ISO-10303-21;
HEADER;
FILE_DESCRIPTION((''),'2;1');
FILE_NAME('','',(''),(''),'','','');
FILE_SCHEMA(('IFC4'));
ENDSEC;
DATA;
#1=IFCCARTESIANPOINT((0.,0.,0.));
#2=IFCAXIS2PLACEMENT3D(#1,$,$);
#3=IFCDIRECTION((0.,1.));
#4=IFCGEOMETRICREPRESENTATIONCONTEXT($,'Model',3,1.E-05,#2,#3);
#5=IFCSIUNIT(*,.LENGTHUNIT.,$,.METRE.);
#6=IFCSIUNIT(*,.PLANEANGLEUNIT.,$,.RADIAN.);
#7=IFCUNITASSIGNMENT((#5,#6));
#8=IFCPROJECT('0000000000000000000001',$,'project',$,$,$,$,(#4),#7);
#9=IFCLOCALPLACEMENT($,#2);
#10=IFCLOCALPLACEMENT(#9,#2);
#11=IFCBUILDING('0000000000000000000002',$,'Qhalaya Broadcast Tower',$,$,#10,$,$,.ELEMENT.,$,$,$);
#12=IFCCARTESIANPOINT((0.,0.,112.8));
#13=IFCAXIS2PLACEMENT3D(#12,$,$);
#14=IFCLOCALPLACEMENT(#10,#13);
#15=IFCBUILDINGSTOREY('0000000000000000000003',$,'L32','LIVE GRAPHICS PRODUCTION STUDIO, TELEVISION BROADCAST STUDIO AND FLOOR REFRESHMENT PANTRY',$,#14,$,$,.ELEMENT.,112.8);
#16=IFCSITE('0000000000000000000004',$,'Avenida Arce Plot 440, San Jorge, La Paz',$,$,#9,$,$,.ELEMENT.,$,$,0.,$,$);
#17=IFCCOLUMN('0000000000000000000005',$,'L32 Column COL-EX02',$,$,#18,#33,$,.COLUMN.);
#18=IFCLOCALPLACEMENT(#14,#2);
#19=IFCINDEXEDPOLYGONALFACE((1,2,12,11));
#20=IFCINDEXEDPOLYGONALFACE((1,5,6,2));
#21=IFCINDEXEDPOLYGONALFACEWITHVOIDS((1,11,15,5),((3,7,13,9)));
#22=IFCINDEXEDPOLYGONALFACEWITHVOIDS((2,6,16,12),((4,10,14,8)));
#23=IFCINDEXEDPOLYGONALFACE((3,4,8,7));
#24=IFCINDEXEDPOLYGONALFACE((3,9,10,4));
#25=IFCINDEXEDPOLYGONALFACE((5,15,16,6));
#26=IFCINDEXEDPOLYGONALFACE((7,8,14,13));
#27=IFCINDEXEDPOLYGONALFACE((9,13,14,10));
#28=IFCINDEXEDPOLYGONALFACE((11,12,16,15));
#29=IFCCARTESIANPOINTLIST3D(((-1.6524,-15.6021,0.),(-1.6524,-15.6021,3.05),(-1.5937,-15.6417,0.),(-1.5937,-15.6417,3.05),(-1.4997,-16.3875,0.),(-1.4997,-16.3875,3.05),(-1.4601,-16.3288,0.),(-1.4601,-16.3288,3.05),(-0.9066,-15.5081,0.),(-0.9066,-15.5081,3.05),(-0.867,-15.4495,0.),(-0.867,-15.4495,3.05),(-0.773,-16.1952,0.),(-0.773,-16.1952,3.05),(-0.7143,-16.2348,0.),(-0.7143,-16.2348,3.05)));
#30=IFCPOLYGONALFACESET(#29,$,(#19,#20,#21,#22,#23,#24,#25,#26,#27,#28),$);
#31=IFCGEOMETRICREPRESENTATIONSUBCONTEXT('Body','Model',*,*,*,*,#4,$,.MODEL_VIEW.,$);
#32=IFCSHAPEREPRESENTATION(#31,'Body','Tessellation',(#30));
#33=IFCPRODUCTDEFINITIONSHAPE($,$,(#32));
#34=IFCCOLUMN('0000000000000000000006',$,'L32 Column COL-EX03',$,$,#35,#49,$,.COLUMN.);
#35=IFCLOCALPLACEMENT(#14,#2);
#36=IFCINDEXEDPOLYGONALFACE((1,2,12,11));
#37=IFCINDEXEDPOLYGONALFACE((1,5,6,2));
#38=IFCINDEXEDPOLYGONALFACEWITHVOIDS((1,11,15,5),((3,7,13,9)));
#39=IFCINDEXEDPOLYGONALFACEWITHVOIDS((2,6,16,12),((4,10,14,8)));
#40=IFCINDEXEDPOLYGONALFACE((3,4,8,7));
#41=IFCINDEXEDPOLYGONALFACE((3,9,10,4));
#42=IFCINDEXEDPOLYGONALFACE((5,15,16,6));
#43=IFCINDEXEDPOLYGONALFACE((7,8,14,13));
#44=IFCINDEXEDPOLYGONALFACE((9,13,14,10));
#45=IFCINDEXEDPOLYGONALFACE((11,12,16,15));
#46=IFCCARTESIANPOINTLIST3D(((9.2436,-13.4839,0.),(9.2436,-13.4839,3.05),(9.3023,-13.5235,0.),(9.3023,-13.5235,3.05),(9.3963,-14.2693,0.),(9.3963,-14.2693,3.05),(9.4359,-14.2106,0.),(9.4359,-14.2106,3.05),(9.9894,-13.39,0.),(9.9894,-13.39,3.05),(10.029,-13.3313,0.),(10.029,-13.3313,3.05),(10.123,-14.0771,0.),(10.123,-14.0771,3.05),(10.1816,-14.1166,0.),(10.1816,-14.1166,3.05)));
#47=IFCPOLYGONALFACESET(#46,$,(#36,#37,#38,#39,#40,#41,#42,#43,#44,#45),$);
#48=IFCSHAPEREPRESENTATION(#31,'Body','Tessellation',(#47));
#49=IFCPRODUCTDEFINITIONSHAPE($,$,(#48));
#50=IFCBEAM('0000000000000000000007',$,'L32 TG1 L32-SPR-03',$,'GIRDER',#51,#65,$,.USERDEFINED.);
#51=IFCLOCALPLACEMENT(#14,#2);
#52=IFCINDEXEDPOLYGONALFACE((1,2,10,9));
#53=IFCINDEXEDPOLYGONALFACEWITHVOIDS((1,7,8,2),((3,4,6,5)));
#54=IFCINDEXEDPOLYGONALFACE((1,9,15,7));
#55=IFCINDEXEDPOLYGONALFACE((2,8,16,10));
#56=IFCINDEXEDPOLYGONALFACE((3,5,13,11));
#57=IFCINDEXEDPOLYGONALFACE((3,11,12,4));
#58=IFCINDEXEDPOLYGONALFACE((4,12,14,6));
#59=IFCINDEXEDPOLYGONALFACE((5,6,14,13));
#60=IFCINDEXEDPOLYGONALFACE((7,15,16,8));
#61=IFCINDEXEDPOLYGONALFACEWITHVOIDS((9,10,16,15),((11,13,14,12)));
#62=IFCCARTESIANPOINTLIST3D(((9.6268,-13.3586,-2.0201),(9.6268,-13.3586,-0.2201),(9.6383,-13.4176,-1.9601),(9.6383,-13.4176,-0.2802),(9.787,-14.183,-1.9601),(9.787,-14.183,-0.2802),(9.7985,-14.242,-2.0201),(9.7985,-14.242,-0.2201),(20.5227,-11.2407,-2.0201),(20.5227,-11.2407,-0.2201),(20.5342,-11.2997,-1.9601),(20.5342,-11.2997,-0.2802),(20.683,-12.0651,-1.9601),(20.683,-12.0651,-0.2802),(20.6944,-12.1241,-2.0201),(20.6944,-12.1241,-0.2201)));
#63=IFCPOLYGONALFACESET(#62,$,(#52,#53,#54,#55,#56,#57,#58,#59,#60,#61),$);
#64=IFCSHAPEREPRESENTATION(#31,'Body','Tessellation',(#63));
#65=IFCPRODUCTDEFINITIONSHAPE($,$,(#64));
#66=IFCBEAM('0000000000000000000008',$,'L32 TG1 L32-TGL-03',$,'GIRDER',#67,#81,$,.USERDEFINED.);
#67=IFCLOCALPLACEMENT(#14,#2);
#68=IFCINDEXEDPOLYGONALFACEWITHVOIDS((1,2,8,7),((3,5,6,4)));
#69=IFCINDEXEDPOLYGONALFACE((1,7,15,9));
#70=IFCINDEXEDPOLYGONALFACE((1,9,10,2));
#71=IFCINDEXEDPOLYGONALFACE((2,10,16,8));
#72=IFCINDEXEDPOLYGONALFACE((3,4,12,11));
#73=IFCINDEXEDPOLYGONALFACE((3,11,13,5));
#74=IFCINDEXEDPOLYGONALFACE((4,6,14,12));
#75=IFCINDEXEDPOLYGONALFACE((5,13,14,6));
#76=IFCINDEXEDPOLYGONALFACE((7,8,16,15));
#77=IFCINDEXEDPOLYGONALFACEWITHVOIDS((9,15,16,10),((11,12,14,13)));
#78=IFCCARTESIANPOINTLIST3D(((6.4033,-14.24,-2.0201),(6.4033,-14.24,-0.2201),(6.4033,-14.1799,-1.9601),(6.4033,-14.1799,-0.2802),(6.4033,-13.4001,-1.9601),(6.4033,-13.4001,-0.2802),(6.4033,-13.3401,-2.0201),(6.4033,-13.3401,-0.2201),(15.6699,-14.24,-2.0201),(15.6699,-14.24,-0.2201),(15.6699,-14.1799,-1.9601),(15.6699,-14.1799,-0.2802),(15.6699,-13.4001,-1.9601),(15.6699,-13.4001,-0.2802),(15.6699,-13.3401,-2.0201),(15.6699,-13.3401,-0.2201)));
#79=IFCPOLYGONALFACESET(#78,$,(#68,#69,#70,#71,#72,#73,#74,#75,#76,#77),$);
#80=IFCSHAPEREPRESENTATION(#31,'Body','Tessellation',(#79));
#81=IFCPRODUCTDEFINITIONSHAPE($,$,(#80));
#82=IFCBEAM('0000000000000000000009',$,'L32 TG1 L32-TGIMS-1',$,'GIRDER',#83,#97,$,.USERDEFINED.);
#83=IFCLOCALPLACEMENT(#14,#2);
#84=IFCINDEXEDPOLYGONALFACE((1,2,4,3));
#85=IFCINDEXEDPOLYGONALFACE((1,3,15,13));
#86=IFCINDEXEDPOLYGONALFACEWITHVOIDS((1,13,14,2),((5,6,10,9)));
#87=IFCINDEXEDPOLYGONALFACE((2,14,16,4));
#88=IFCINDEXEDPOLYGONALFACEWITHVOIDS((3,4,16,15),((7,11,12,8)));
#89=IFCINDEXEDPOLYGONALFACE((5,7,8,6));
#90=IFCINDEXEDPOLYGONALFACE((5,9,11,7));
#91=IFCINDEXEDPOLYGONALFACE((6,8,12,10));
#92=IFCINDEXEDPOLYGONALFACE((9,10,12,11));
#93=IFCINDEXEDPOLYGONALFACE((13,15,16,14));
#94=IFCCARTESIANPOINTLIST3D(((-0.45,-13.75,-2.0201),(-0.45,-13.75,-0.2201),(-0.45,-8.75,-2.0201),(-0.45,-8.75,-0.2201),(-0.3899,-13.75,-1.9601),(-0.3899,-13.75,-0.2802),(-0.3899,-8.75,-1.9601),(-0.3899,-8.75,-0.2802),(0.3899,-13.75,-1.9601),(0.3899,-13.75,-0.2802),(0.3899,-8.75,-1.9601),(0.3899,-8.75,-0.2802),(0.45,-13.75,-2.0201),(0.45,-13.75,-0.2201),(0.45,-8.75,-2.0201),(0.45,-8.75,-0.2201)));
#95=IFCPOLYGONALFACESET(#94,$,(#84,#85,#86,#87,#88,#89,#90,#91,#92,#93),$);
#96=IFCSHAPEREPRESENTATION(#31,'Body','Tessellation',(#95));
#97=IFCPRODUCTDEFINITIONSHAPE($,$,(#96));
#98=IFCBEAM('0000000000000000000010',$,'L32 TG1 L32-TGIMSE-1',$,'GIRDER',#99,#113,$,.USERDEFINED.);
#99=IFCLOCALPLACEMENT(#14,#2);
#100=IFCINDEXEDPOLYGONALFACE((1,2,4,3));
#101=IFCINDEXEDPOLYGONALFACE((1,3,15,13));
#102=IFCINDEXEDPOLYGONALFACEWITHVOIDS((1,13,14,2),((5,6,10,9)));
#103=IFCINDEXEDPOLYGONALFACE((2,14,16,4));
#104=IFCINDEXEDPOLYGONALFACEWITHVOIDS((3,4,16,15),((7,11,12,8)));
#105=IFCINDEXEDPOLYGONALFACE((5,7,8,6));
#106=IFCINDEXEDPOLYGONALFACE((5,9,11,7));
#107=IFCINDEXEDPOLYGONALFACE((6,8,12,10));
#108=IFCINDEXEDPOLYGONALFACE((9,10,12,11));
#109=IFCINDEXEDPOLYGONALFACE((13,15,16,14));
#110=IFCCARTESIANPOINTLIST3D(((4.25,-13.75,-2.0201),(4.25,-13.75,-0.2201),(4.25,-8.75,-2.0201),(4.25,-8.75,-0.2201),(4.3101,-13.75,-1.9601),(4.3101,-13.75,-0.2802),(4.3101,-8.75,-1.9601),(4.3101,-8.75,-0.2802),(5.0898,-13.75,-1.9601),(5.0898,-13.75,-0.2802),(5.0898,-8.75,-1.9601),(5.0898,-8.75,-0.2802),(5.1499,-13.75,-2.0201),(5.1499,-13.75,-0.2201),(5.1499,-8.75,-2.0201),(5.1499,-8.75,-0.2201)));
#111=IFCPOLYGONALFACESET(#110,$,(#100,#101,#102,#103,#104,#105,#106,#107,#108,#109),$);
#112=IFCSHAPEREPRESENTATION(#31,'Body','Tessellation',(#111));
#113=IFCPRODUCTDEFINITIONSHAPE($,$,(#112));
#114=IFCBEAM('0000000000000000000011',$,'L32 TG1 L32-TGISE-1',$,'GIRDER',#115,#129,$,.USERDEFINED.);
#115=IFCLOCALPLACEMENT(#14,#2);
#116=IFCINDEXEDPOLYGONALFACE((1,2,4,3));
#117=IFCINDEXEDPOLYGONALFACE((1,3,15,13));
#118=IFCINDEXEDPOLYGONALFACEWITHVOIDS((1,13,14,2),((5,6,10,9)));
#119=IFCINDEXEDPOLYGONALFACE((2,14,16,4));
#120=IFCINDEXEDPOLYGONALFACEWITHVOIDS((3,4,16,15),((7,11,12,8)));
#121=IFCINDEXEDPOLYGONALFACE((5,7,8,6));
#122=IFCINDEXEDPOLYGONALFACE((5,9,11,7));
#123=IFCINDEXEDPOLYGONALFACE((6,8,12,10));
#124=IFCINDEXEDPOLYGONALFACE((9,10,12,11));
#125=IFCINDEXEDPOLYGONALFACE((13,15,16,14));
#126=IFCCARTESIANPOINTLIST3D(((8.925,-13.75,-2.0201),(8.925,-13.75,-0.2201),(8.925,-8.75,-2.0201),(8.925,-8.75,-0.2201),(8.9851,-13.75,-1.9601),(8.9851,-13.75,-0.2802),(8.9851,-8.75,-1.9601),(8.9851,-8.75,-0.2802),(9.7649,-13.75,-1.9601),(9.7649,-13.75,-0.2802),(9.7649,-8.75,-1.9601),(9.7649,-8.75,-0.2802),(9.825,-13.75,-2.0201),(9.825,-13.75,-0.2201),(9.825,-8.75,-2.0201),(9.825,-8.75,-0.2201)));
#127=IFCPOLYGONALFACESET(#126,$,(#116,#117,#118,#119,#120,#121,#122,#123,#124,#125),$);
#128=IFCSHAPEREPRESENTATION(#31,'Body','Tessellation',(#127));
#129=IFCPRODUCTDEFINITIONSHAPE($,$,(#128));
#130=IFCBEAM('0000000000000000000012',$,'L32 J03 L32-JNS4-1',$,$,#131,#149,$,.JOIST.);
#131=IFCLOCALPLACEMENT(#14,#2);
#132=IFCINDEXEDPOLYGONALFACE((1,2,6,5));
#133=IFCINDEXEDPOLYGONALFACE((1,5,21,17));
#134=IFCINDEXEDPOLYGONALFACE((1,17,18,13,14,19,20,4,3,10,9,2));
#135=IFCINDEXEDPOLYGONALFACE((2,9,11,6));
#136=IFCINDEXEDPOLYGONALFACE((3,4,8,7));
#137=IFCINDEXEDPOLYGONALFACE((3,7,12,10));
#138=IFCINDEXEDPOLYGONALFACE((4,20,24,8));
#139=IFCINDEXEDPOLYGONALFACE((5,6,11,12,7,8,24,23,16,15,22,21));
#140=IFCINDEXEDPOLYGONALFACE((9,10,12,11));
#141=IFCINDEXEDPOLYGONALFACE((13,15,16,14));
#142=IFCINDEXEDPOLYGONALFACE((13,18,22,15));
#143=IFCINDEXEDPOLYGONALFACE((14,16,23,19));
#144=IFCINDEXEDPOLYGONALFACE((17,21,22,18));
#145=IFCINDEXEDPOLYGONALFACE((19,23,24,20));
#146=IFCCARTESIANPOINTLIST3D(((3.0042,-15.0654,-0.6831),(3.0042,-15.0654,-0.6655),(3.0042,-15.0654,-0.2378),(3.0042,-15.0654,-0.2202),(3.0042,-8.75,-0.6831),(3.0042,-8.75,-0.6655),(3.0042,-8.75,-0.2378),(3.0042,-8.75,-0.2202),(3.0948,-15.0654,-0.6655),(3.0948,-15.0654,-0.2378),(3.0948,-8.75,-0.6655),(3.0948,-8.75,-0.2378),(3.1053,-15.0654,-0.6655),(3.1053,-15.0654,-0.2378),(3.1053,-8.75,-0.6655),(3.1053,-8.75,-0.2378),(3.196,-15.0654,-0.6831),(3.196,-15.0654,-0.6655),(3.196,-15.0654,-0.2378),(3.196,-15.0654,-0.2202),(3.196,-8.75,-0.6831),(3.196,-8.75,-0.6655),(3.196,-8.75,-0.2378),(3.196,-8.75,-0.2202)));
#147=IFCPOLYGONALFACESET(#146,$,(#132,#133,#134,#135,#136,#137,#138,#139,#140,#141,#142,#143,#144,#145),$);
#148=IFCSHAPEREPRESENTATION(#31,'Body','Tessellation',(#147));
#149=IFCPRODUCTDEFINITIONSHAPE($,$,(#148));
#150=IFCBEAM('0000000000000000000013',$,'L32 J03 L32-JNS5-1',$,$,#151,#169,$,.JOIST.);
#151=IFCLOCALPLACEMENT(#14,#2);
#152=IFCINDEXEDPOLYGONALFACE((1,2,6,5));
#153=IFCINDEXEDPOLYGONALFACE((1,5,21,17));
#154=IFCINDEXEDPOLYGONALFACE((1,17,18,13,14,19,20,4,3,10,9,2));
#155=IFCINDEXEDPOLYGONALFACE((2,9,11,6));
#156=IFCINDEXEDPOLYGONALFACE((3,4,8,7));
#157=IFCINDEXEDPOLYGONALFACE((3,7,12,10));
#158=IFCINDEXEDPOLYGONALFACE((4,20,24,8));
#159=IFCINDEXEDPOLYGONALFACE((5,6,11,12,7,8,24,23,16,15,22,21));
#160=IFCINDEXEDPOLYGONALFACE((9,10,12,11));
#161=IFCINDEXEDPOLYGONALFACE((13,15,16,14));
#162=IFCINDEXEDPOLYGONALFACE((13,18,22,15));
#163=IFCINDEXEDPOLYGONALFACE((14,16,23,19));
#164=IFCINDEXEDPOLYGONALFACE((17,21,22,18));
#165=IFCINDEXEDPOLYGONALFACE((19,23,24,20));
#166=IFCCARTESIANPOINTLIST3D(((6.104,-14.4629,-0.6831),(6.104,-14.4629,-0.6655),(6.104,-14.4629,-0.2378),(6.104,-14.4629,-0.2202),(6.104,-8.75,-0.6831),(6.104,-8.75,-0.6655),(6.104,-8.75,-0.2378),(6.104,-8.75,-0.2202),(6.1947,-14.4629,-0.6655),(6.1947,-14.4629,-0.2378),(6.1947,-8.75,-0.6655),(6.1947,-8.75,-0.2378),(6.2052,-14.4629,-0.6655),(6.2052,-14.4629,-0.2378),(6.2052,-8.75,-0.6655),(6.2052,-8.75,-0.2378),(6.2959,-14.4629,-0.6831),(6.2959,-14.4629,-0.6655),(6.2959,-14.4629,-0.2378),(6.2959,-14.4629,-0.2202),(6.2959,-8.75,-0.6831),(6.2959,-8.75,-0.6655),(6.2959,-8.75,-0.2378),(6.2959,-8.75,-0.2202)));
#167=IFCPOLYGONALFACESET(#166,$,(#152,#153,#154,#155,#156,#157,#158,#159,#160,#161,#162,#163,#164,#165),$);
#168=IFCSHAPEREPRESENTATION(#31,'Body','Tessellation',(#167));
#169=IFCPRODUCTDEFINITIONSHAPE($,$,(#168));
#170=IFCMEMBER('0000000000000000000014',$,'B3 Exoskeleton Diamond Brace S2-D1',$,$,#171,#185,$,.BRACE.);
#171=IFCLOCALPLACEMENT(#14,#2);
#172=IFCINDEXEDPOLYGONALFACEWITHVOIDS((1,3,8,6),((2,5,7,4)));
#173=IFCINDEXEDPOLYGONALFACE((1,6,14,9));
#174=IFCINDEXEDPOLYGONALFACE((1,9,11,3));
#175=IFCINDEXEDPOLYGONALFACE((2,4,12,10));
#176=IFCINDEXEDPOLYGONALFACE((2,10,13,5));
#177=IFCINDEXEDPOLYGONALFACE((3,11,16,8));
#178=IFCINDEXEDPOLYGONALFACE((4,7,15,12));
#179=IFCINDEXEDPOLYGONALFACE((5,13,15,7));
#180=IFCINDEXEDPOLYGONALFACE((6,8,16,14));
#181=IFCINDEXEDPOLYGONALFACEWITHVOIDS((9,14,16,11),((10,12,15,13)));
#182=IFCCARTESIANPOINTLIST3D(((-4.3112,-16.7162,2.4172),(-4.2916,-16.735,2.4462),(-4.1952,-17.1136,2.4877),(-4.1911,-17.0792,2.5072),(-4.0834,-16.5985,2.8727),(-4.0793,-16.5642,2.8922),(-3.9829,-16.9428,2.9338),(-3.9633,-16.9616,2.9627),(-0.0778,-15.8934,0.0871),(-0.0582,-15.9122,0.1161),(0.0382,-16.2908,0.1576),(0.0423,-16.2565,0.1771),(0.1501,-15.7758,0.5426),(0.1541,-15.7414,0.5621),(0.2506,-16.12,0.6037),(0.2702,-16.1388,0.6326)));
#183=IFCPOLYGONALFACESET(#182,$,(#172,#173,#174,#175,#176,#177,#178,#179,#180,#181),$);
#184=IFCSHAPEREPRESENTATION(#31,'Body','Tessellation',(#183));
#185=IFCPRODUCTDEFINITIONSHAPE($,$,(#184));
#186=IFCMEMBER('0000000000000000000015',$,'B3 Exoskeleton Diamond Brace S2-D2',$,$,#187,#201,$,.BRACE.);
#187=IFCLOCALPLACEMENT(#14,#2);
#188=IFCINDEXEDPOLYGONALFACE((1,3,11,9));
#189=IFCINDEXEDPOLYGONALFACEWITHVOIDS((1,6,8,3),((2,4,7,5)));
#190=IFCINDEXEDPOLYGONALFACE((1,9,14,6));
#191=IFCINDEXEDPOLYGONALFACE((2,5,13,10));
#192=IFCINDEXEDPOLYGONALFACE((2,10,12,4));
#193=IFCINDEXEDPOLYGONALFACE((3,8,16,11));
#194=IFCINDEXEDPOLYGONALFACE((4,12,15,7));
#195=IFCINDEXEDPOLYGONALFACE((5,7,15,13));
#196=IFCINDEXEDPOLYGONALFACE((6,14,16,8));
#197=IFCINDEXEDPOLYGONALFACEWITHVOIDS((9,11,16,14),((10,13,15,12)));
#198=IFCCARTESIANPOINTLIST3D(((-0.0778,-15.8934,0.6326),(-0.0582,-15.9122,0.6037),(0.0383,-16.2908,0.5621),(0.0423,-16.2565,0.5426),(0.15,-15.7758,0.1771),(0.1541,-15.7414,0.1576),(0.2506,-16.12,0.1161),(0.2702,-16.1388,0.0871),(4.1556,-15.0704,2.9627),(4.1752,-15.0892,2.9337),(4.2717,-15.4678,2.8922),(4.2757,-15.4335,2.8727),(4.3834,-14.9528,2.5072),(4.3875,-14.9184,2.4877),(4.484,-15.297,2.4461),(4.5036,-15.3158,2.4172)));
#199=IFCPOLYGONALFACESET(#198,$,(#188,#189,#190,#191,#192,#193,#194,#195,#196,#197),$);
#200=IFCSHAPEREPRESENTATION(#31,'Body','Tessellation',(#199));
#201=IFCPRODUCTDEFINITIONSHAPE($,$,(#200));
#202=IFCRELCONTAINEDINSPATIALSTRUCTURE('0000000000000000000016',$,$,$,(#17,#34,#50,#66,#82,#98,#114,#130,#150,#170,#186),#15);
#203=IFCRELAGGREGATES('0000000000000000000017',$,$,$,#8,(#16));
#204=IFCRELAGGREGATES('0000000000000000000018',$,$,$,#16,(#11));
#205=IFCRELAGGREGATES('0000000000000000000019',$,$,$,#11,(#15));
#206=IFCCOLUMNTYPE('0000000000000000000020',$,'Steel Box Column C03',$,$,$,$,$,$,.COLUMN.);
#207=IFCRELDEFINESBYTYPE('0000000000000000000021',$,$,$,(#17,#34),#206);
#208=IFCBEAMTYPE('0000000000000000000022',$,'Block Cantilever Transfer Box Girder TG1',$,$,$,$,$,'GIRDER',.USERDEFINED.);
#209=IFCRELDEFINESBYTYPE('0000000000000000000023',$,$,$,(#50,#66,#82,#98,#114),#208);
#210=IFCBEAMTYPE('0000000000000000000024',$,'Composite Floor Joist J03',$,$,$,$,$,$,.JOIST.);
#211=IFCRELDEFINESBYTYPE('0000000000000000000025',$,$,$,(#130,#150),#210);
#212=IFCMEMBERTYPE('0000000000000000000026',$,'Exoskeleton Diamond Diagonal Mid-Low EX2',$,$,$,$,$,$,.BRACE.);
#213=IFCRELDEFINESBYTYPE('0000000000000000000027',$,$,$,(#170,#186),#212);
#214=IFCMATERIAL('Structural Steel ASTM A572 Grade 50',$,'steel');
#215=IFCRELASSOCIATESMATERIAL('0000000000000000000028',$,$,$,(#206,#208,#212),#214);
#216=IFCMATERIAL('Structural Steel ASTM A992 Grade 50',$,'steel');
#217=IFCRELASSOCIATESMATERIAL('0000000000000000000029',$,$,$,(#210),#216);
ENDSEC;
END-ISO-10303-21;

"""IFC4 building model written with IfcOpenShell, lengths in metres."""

from ifc_helpers import new_model, si_unit, direction, frame, origin, origin_2d, place, context, subcontext, project, spatial, hollow_rectangle, i_section, extrude, material, material_profile, profile_set, type_object, element, save


model = new_model("IFC4")

# Units and contexts
model_context = context("Model", 3, precision=1e-05, world=origin(), true_north=direction((0.0, 1.0)))
body_context = subcontext(model_context, "Body", "Model", "MODEL_VIEW")
ifc_project = project(units=[si_unit("LENGTHUNIT", "METRE"), si_unit("PLANEANGLEUNIT", "RADIAN")], contexts=[model_context])

# Site, building, storey
site_placement = place(None, origin())
site = spatial("IfcSite", under=ifc_project, at=site_placement, Name="Avenida Arce Plot 440, San Jorge, La Paz", CompositionType="ELEMENT", RefElevation=0.0)
building_placement = place(site_placement, origin())
building = spatial("IfcBuilding", under=site, at=building_placement, Name="Qhalaya Broadcast Tower", CompositionType="ELEMENT")
storey_placement = place(building_placement, frame((0.0, 0.0, 112.8)))
storey = spatial("IfcBuildingStorey", under=building, at=storey_placement, Name="L32", Description="LIVE GRAPHICS PRODUCTION STUDIO, TELEVISION BROADCAST STUDIO AND FLOOR REFRESHMENT PANTRY", CompositionType="ELEMENT", Elevation=112.8)

# Columns
ifc_material_1 = material(Name="Structural Steel ASTM A572 Grade 50", Category="steel")
ifc_material_profile_1 = material_profile(ifc_material_1, hollow_rectangle(XDim=0.8, YDim=0.8, WallThickness=0.05, at=origin_2d()), Name="BOX 800x800x50")
ifc_profile_set_1 = profile_set([ifc_material_profile_1], Name="Structural Steel ASTM A572 Grade 50")
column_type = type_object("IfcColumnType", Name="Steel Box Column C03", PredefinedType="COLUMN", material=ifc_profile_set_1)
for number, where, z_axis, x_axis, name in (
    (1, (-1.1833, -15.9185, 0.0), (0.0, 0.0, 1.0), (0.981627, 0.190809, 0.0), "L32 Column COL-EX02"),
    (2, (9.7126, -13.8003, 0.0), (0.0, 0.0, 1.0), (0.981627, 0.190809, 0.0), "L32 Column COL-EX03"),
):
    element("IfcColumn", number, at=place(storey_placement, frame(where, z_axis=z_axis, x_axis=x_axis)), inside=storey, type_object=column_type, Name=name, PredefinedType="COLUMN", context=body_context, shape_type="SweptSolid", body=[
        extrude(hollow_rectangle(XDim=0.8, YDim=0.8, WallThickness=0.05, at=origin_2d()), origin(), (0.0, 0.0, 1.0), 3.05),
    ])

# Beams
ifc_material_profile_2 = material_profile(ifc_material_1, hollow_rectangle(XDim=0.8999, YDim=1.8, WallThickness=0.0601, at=origin_2d()), Name="BOX 900x1800x60")
ifc_profile_set_2 = profile_set([ifc_material_profile_2], Name="Structural Steel ASTM A572 Grade 50")
beam_type_1 = type_object("IfcBeamType", Name="Block Cantilever Transfer Box Girder TG1", ElementType="GIRDER", PredefinedType="USERDEFINED", material=ifc_profile_set_2)
beam_1_placement = place(storey_placement, frame((9.7126, -13.8003, -1.1201), z_axis=(0.981628, 0.190805, 0.0), x_axis=(-0.190805, 0.981628, 0.0)))
element("IfcBeam", 3, at=beam_1_placement, inside=storey, type_object=beam_type_1, Name="L32 TG1 L32-SPR-03", ObjectType="GIRDER", PredefinedType="USERDEFINED", context=body_context, shape_type="SweptSolid", body=[
    extrude(hollow_rectangle(XDim=0.8999, YDim=1.8, WallThickness=0.0601, at=origin_2d()), origin(), (0.0, 0.0, 1.0), 11.0999),
])
beam_2_placement = place(storey_placement, frame((6.4033, -13.79, -1.1201), z_axis=(1.0, 0.0, 0.0), x_axis=(0.0, 1.0, 0.0)))
element("IfcBeam", 4, at=beam_2_placement, inside=storey, type_object=beam_type_1, Name="L32 TG1 L32-TGL-03", ObjectType="GIRDER", PredefinedType="USERDEFINED", context=body_context, shape_type="SweptSolid", body=[
    extrude(hollow_rectangle(XDim=0.8999, YDim=1.8, WallThickness=0.0601, at=origin_2d()), origin(), (0.0, 0.0, 1.0), 9.2666),
])
for number, where, z_axis, x_axis, name in (
    (5, (0.0, -13.75, -1.1201), (0.0, 1.0, 0.0), (-1.0, 0.0, 0.0), "L32 TG1 L32-TGIMS-1"),
    (6, (4.7, -13.75, -1.1201), (0.0, 1.0, 0.0), (-1.0, 0.0, 0.0), "L32 TG1 L32-TGIMSE-1"),
    (7, (9.375, -13.75, -1.1201), (0.0, 1.0, 0.0), (-1.0, 0.0, 0.0), "L32 TG1 L32-TGISE-1"),
):
    element("IfcBeam", number, at=place(storey_placement, frame(where, z_axis=z_axis, x_axis=x_axis)), inside=storey, type_object=beam_type_1, Name=name, ObjectType="GIRDER", PredefinedType="USERDEFINED", context=body_context, shape_type="SweptSolid", body=[
        extrude(hollow_rectangle(XDim=0.8999, YDim=1.8, WallThickness=0.0601, at=origin_2d()), origin(), (0.0, 0.0, 1.0), 5.0),
    ])
ifc_material_2 = material(Name="Structural Steel ASTM A992 Grade 50", Category="steel")
ifc_material_profile_3 = material_profile(ifc_material_2, i_section(OverallWidth=0.1919, OverallDepth=0.4629, WebThickness=0.0105, FlangeThickness=0.0176, at=origin_2d()), Name="W18X60")
ifc_profile_set_3 = profile_set([ifc_material_profile_3], Name="Structural Steel ASTM A992 Grade 50")
beam_type_2 = type_object("IfcBeamType", Name="Composite Floor Joist J03", PredefinedType="JOIST", material=ifc_profile_set_3)
beam_3_placement = place(storey_placement, frame((3.1001, -15.0654, -0.4517), z_axis=(0.0, 1.0, 0.0), x_axis=(-1.0, 0.0, 0.0)))
element("IfcBeam", 8, at=beam_3_placement, inside=storey, type_object=beam_type_2, Name="L32 J03 L32-JNS4-1", PredefinedType="JOIST", context=body_context, shape_type="SweptSolid", body=[
    extrude(i_section(OverallWidth=0.1919, OverallDepth=0.4629, WebThickness=0.0105, FlangeThickness=0.0176, at=origin_2d()), origin(), (0.0, 0.0, 1.0), 6.3154),
])
beam_4_placement = place(storey_placement, frame((6.2, -14.4629, -0.4517), z_axis=(0.0, 1.0, 0.0), x_axis=(-1.0, 0.0, 0.0)))
element("IfcBeam", 9, at=beam_4_placement, inside=storey, type_object=beam_type_2, Name="L32 J03 L32-JNS5-1", PredefinedType="JOIST", context=body_context, shape_type="SweptSolid", body=[
    extrude(i_section(OverallWidth=0.1919, OverallDepth=0.4629, WebThickness=0.0105, FlangeThickness=0.0176, at=origin_2d()), origin(), (0.0, 0.0, 1.0), 5.7129),
])

# Members
ifc_material_profile_4 = material_profile(ifc_material_1, hollow_rectangle(XDim=0.4199, YDim=0.55, WallThickness=0.0281, at=origin_2d()), Name="BOX 420x550x28")
ifc_profile_set_4 = profile_set([ifc_material_profile_4], Name="Structural Steel ASTM A572 Grade 50")
member_type = type_object("IfcMemberType", Name="Exoskeleton Diamond Diagonal Mid-Low EX2", PredefinedType="BRACE", material=ifc_profile_set_4)
for number, where, z_axis, x_axis, name in (
    (10, (0.0962, -16.0161, 0.3599), (-0.863638, -0.167847, 0.475349), (0.276309, -0.946294, 0.167873), "B3 Exoskeleton Diamond Brace S2-D1"),
    (11, (0.0962, -16.0161, 0.3599), (0.863631, 0.167895, 0.475346), (-0.276361, 0.946279, 0.167874), "B3 Exoskeleton Diamond Brace S2-D2"),
):
    element("IfcMember", number, at=place(storey_placement, frame(where, z_axis=z_axis, x_axis=x_axis)), inside=storey, type_object=member_type, Name=name, PredefinedType="BRACE", context=body_context, shape_type="SweptSolid", body=[
        extrude(hollow_rectangle(XDim=0.4199, YDim=0.55, WallThickness=0.0281, at=origin_2d()), origin(), (0.0, 0.0, 1.0), 4.9019),
    ])

save(model, "model.ifc")
